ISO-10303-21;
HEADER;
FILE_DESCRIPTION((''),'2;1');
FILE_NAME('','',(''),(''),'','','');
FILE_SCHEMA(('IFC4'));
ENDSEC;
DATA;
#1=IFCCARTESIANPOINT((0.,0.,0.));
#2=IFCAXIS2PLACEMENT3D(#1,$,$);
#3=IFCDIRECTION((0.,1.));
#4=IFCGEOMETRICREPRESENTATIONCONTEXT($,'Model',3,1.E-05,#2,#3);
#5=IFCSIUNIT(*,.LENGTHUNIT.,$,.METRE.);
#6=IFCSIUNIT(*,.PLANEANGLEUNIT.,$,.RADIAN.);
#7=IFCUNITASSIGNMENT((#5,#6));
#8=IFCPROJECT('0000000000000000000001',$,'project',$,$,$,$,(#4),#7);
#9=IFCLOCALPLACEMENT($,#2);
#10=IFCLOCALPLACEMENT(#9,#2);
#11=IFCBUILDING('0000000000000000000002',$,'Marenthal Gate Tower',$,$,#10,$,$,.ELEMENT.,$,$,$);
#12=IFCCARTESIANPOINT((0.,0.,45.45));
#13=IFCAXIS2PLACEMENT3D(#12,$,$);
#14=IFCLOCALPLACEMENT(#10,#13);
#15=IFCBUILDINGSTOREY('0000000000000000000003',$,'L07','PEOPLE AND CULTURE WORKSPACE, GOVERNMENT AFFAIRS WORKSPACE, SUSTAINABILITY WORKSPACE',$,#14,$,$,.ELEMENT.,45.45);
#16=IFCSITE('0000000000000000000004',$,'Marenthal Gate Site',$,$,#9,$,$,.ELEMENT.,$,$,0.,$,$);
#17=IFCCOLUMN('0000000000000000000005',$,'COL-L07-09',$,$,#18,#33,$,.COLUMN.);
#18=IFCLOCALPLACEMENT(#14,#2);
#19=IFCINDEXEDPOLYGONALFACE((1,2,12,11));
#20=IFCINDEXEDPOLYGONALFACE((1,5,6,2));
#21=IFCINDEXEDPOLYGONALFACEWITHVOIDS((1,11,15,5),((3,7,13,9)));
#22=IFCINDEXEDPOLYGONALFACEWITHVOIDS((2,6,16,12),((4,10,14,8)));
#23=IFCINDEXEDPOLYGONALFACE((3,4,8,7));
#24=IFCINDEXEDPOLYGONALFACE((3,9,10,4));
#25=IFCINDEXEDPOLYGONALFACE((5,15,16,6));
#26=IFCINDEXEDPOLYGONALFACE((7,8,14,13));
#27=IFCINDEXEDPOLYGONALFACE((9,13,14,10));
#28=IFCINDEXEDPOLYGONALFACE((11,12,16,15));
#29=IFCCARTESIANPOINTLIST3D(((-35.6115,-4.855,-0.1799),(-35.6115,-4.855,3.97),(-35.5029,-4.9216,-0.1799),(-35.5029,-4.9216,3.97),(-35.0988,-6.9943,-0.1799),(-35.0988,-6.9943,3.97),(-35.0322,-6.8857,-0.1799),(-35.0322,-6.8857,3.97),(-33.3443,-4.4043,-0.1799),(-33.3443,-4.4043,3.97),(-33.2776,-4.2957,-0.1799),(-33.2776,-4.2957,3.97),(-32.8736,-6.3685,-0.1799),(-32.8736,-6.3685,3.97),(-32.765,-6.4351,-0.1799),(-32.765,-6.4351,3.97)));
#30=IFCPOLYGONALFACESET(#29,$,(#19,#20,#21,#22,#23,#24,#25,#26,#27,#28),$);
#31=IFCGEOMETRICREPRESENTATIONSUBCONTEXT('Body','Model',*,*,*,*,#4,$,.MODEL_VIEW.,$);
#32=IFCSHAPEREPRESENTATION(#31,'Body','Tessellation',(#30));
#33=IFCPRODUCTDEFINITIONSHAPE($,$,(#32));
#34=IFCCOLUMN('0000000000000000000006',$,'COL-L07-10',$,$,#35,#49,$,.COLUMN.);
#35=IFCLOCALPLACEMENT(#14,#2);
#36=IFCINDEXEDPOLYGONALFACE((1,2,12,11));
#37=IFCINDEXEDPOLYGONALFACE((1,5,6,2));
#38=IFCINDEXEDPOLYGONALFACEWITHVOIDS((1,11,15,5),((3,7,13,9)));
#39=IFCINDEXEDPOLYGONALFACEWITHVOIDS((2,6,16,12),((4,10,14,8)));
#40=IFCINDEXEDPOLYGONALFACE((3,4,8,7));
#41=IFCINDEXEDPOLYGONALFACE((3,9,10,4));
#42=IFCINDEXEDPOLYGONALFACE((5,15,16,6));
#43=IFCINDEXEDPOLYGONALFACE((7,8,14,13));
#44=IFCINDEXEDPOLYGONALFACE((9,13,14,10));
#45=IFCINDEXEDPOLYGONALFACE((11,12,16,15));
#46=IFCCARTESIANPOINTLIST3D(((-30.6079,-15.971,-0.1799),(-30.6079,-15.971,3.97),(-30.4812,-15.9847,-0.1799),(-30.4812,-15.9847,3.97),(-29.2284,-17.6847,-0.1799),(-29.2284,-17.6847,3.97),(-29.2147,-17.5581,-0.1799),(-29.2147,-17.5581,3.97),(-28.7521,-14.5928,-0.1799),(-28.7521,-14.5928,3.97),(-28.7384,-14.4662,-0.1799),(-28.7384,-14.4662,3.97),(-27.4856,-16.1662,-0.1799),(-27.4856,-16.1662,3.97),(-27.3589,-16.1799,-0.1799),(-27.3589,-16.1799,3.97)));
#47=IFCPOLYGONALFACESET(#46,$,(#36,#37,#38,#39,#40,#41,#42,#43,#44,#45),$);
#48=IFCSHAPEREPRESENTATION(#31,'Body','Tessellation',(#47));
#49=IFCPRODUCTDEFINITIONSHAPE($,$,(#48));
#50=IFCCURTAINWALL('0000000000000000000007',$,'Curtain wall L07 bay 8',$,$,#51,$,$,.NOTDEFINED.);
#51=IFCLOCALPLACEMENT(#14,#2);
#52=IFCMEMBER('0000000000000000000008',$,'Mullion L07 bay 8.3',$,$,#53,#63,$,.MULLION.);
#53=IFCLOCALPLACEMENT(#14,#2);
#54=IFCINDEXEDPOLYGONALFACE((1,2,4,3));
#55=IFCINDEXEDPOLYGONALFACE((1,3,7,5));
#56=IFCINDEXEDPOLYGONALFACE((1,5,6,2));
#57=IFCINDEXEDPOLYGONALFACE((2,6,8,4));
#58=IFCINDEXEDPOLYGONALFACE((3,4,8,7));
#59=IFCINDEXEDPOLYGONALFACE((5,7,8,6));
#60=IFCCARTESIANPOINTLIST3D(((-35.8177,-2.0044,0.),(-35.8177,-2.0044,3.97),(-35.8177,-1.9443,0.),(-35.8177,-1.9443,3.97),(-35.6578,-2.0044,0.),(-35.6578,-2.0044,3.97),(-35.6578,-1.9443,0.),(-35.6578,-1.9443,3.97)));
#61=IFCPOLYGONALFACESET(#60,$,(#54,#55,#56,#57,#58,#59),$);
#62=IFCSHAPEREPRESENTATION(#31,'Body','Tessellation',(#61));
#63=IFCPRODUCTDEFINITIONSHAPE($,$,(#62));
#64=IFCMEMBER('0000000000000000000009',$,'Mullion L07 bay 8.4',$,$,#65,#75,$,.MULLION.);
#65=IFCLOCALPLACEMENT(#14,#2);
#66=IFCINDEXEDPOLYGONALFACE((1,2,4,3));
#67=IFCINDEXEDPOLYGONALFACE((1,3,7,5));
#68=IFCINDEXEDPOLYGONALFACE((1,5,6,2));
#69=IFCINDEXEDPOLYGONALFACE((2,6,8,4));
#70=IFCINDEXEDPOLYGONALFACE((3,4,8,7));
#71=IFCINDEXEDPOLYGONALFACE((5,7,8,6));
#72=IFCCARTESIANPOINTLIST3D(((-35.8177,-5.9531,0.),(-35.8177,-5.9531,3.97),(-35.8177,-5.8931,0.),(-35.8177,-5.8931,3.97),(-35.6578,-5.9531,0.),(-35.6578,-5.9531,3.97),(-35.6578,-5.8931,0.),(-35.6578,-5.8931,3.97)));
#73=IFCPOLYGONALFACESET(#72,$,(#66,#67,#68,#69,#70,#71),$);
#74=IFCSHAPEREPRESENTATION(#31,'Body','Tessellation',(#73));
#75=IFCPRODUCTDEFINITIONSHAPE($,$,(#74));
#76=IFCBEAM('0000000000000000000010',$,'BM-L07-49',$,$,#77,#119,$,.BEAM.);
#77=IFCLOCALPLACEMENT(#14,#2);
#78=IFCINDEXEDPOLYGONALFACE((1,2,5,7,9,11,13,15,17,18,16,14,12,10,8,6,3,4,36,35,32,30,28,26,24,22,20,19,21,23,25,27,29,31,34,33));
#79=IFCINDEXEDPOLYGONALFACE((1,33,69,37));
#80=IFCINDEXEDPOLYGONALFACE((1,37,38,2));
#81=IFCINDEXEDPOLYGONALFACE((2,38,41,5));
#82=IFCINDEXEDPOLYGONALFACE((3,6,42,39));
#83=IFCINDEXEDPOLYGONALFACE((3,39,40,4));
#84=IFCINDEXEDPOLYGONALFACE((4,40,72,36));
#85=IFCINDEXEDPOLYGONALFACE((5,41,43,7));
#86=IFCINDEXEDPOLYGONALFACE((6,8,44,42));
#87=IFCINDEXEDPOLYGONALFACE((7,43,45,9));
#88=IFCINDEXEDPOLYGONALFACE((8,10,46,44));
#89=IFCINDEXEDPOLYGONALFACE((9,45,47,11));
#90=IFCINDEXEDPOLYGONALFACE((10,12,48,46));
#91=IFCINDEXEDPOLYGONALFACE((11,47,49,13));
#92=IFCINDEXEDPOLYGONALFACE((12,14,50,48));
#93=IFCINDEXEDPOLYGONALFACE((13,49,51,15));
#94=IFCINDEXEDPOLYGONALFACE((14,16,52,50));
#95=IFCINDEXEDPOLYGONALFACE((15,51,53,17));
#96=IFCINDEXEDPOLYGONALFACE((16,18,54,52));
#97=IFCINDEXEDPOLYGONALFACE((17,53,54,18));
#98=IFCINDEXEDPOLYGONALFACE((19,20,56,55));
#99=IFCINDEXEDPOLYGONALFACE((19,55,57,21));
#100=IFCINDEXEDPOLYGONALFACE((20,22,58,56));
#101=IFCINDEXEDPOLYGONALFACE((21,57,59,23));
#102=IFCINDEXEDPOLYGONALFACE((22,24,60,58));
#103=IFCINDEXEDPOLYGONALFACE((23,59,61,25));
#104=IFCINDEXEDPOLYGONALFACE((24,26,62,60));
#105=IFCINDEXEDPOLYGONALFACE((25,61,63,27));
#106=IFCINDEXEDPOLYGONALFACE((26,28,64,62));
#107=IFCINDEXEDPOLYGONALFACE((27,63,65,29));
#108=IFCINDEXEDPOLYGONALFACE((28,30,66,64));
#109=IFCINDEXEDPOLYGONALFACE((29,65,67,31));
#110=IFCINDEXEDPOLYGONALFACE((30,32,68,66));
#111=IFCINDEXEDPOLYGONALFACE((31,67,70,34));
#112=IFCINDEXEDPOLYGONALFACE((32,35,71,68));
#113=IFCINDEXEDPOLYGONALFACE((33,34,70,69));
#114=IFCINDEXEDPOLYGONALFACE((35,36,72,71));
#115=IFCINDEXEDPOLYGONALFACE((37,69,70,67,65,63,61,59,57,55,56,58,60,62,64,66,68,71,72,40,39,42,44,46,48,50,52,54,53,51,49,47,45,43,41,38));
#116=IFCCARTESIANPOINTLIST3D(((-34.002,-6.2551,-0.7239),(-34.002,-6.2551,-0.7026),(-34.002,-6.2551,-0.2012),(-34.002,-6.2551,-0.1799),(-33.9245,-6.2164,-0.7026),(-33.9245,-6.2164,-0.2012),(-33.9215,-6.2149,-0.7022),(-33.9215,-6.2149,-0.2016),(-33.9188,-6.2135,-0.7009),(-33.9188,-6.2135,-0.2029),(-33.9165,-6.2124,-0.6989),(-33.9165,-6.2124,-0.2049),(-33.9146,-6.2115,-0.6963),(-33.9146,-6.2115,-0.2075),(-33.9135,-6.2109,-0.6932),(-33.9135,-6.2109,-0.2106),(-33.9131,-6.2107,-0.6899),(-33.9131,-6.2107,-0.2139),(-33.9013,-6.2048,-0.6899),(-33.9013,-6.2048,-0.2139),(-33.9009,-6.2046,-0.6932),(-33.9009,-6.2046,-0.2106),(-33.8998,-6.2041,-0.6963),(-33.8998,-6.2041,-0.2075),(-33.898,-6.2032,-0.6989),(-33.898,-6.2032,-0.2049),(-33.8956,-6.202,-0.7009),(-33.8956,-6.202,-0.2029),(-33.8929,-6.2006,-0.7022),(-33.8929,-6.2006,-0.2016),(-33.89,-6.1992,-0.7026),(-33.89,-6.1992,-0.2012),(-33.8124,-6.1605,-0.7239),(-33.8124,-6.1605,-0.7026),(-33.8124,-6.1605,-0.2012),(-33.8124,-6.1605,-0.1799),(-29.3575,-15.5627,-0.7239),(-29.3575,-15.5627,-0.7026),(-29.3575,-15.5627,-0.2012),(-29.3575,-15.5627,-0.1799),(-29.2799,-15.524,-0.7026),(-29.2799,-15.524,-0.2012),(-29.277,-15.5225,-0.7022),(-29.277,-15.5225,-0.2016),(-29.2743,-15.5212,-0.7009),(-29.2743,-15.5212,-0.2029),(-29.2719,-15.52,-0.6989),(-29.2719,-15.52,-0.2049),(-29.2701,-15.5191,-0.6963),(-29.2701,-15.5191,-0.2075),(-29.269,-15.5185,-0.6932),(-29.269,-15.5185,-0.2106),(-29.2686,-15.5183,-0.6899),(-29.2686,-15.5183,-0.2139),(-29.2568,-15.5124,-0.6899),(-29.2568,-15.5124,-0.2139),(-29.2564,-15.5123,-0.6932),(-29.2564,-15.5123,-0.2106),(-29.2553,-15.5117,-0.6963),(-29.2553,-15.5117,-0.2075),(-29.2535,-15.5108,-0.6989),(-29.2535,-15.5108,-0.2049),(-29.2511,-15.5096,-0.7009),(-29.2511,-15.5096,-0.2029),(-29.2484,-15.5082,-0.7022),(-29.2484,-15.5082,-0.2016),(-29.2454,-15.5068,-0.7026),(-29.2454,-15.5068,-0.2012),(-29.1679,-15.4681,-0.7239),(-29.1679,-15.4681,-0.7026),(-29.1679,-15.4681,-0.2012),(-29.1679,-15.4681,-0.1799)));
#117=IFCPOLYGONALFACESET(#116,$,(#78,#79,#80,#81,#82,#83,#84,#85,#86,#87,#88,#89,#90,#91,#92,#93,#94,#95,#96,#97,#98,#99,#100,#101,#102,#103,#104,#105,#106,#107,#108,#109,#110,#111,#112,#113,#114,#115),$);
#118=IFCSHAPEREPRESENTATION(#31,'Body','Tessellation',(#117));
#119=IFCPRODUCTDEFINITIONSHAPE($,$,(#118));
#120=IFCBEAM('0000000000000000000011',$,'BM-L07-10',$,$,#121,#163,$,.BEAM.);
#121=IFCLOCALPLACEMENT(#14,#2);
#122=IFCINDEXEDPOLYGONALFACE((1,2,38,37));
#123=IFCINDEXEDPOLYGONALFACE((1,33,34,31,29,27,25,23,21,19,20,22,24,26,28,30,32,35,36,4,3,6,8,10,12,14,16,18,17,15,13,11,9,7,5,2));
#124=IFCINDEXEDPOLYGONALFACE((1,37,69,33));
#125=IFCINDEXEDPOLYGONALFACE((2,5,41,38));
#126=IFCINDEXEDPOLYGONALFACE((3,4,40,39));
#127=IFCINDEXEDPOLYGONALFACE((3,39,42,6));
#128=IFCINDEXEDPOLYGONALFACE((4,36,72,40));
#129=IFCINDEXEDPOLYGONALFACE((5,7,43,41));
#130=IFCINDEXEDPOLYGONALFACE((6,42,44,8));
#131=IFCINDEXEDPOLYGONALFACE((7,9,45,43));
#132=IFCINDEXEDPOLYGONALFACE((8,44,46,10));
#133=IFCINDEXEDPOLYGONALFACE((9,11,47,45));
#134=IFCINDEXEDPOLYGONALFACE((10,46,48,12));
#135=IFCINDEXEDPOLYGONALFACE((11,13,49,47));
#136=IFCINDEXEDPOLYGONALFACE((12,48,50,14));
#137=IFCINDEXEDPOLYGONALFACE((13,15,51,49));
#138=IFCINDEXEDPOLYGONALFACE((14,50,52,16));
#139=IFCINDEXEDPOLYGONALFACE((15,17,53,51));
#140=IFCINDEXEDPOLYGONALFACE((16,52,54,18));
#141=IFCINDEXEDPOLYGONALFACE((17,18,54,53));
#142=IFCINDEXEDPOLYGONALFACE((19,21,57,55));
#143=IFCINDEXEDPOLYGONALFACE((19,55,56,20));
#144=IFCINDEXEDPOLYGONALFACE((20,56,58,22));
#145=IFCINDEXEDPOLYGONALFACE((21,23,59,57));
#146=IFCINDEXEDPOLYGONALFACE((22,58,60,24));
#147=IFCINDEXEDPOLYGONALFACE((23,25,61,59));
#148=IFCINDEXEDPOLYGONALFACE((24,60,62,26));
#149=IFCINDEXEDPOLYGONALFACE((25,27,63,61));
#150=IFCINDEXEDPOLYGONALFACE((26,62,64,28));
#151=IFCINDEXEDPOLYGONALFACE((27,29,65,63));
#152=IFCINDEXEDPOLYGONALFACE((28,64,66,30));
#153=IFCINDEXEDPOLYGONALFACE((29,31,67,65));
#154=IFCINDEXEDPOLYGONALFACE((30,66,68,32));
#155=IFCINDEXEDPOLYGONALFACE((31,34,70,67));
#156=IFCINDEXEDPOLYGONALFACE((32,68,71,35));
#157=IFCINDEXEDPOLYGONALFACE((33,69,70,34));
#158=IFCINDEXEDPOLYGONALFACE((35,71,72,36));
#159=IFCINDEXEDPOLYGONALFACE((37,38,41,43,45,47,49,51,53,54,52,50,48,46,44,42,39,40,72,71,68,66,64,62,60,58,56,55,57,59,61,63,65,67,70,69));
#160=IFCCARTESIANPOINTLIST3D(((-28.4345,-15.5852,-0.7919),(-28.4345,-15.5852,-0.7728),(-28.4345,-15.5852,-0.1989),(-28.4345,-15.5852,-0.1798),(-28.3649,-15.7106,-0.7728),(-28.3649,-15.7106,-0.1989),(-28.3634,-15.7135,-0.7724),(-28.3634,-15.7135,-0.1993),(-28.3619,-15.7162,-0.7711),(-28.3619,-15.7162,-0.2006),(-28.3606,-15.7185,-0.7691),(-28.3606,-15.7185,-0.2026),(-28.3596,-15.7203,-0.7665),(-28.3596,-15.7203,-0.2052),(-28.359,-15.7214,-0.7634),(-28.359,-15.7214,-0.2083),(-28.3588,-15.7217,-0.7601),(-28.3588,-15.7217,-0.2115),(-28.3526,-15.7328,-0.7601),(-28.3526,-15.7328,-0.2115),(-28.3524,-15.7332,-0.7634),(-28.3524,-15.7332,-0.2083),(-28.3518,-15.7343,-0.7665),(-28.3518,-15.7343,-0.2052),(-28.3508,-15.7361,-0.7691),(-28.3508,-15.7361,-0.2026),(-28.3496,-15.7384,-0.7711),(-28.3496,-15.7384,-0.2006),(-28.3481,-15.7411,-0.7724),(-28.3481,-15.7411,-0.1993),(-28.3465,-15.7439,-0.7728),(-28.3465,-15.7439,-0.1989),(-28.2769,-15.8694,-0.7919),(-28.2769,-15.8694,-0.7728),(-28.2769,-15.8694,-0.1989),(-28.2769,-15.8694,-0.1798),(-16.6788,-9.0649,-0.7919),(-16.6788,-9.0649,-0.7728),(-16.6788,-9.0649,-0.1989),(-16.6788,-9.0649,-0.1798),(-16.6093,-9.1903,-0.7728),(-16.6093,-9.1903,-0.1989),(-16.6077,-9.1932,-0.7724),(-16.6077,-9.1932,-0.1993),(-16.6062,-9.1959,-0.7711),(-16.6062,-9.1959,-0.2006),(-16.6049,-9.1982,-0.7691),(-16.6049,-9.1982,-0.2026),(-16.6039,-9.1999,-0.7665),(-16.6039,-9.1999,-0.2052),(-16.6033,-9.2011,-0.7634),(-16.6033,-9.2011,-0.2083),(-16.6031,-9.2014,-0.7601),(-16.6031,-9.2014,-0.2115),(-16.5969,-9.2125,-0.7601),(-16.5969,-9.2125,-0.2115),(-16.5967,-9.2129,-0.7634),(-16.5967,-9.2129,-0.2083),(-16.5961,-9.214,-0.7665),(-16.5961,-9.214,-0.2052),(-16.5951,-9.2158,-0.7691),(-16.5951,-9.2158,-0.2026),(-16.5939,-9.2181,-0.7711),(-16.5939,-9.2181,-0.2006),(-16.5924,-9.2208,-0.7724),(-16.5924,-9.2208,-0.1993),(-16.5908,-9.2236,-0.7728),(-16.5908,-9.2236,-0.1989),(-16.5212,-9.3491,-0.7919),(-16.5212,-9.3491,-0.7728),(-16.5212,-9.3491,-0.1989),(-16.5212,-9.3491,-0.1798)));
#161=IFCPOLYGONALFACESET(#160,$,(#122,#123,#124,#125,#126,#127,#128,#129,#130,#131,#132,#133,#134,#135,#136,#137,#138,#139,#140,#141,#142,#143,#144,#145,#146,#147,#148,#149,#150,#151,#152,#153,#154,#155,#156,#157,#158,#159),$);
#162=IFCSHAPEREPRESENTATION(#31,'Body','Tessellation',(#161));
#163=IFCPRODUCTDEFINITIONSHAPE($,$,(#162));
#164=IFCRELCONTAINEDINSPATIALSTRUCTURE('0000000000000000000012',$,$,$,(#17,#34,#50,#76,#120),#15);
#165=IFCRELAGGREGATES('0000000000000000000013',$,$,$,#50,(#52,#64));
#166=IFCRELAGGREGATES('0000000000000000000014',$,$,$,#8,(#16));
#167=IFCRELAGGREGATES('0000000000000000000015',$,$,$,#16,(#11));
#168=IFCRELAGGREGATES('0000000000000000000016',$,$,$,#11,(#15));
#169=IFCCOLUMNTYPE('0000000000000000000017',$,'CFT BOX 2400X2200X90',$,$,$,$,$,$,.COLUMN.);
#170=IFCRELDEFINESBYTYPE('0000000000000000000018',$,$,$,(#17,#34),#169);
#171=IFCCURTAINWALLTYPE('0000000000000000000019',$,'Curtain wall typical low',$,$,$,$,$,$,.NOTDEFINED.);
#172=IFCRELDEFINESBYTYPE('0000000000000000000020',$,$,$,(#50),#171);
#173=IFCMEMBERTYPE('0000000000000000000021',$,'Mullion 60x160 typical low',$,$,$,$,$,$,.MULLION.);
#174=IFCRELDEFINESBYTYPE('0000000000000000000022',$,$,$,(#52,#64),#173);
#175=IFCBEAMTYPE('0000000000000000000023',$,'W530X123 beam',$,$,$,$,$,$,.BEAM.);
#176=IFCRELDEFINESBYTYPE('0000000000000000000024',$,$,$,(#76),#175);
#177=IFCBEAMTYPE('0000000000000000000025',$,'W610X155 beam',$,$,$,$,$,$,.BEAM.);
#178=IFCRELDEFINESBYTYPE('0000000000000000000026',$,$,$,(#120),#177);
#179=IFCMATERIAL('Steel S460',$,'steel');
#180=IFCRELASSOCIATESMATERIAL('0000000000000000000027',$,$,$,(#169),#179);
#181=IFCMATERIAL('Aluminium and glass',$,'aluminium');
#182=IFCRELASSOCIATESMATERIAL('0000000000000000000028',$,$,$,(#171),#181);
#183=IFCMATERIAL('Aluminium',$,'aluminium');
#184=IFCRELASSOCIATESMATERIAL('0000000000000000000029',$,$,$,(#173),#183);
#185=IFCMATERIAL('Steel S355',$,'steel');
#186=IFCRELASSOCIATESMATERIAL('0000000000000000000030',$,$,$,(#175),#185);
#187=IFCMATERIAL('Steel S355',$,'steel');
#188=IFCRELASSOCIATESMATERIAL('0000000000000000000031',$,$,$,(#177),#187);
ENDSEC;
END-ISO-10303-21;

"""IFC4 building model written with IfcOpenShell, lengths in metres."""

from ifc_helpers import new_model, si_unit, direction, frame, origin, origin_2d, place, context, subcontext, project, spatial, rectangle, hollow_rectangle, i_section, extrude, material, material_profile, profile_set, type_object, element, aggregate, save


model = new_model("IFC4")

# Units and contexts
model_context = context("Model", 3, precision=1e-05, world=origin(), true_north=direction((0.0, 1.0)))
body_context = subcontext(model_context, "Body", "Model", "MODEL_VIEW")
ifc_project = project(units=[si_unit("LENGTHUNIT", "METRE"), si_unit("PLANEANGLEUNIT", "RADIAN")], contexts=[model_context])

# Site, building, storey
site_placement = place(None, origin())
site = spatial("IfcSite", under=ifc_project, at=site_placement, Name="Marenthal Gate Site", CompositionType="ELEMENT", RefElevation=0.0)
building_placement = place(site_placement, origin())
building = spatial("IfcBuilding", under=site, at=building_placement, Name="Marenthal Gate Tower", CompositionType="ELEMENT")
storey_placement = place(building_placement, frame((0.0, 0.0, 45.45)))
storey = spatial("IfcBuildingStorey", under=building, at=storey_placement, Name="L07", Description="PEOPLE AND CULTURE WORKSPACE, GOVERNMENT AFFAIRS WORKSPACE, SUSTAINABILITY WORKSPACE", CompositionType="ELEMENT", Elevation=45.45)

# Columns
ifc_material_1 = material(Name="Steel S460", Category="steel")
ifc_material_profile_1 = material_profile(ifc_material_1, hollow_rectangle(XDim=2.2, YDim=2.3999, WallThickness=0.0901, at=origin_2d()), Name="CFT BOX 2400X2200X90")
ifc_material_2 = material(Name="Concrete 70 MPa", Category="concrete")
ifc_material_profile_2 = material_profile(ifc_material_2, rectangle(XDim=2.02, YDim=2.22, at=origin_2d()), Name="CFT BOX 2400X2200X90 INFILL")
ifc_profile_set_1 = profile_set([ifc_material_profile_1, ifc_material_profile_2], Name="Steel S460 shell, Concrete 70 MPa infill")
column_type = type_object("IfcColumnType", Name="CFT BOX 2400X2200X90", PredefinedType="COLUMN", material=ifc_profile_set_1)
for number, where, z_axis, x_axis, name in (
    (1, (-34.1882, -5.645, -0.1799), (0.0, 0.0, 1.0), (-0.233033, 0.972469, 0.0), "COL-L07-09"),
    (2, (-28.9834, -16.0754, -0.1799), (0.0, 0.0, 1.0), (-0.627046, 0.778982, 0.0), "COL-L07-10"),
):
    element("IfcColumn", number, at=place(storey_placement, frame(where, z_axis=z_axis, x_axis=x_axis)), inside=storey, type_object=column_type, Name=name, PredefinedType="COLUMN", context=body_context, shape_type="SweptSolid", body=[
        extrude(hollow_rectangle(XDim=2.2, YDim=2.3999, WallThickness=0.0901, at=origin_2d()), origin(), (0.0, 0.0, 1.0), 4.1499),
    ])

# Curtain wall, members
ifc_material_3 = material(Name="Aluminium and glass", Category="aluminium")
curtain_wall_type = type_object("IfcCurtainWallType", Name="Curtain wall typical low", PredefinedType="NOTDEFINED", material=ifc_material_3)
curtain_wall_placement = place(storey_placement, origin())
curtain_wall = element("IfcCurtainWall", 3, at=curtain_wall_placement, inside=storey, type_object=curtain_wall_type, Name="Curtain wall L07 bay 8", PredefinedType="NOTDEFINED")
ifc_material_4 = material(Name="Aluminium", Category="aluminium")
ifc_material_profile_3 = material_profile(ifc_material_4, rectangle(XDim=0.1599, YDim=0.0601, at=origin_2d()), Name="60x160 aluminium mullion")
ifc_profile_set_2 = profile_set([ifc_material_profile_3], Name="Aluminium")
member_type = type_object("IfcMemberType", Name="Mullion 60x160 typical low", PredefinedType="MULLION", material=ifc_profile_set_2)
member_1_placement = place(storey_placement, frame((-35.7378, -1.9744, 0.0), z_axis=(0.0, 0.0, 1.0), x_axis=(1.0, 0.0, 0.0)))
member_1 = element("IfcMember", 4, at=member_1_placement, type_object=member_type, Name="Mullion L07 bay 8.3", PredefinedType="MULLION", context=body_context, shape_type="SweptSolid", body=[
    extrude(rectangle(XDim=0.1599, YDim=0.0601, at=origin_2d()), origin(), (0.0, 0.0, 1.0), 3.97),
])
member_2_placement = place(storey_placement, frame((-35.7378, -5.9231, 0.0), z_axis=(0.0, 0.0, 1.0), x_axis=(1.0, 0.0, 0.0)))
member_2 = element("IfcMember", 5, at=member_2_placement, type_object=member_type, Name="Mullion L07 bay 8.4", PredefinedType="MULLION", context=body_context, shape_type="SweptSolid", body=[
    extrude(rectangle(XDim=0.1599, YDim=0.0601, at=origin_2d()), origin(), (0.0, 0.0, 1.0), 3.97),
])

# Beams
ifc_material_5 = material(Name="Steel S355", Category="steel")
ifc_material_profile_4 = material_profile(ifc_material_5, i_section(OverallWidth=0.2119, OverallDepth=0.5439, WebThickness=0.0132, FlangeThickness=0.0212, FilletRadius=0.0127, at=origin_2d()), Name="W530X123")
ifc_profile_set_3 = profile_set([ifc_material_profile_4], Name="Steel S355")
beam_type_1 = type_object("IfcBeamType", Name="W530X123 beam", PredefinedType="BEAM", material=ifc_profile_set_3)
beam_1_placement = place(storey_placement, frame((-33.9072, -6.2078, -0.4519), z_axis=(0.4465, -0.894784, 0.0), x_axis=(0.894784, 0.4465, 0.0)))
element("IfcBeam", 6, at=beam_1_placement, inside=storey, type_object=beam_type_1, Name="BM-L07-49", PredefinedType="BEAM", context=body_context, shape_type="SweptSolid", body=[
    extrude(i_section(OverallWidth=0.2119, OverallDepth=0.5439, WebThickness=0.0132, FlangeThickness=0.0212, FilletRadius=0.0127, at=origin_2d()), origin(), (0.0, 0.0, 1.0), 10.4021),
])
ifc_material_6 = material(Name="Steel S355", Category="steel")
ifc_material_profile_5 = material_profile(ifc_material_6, i_section(OverallWidth=0.325, OverallDepth=0.6121, WebThickness=0.0127, FlangeThickness=0.019, FilletRadius=0.0127, at=origin_2d()), Name="W610X155")
ifc_profile_set_4 = profile_set([ifc_material_profile_5], Name="Steel S355")
beam_type_2 = type_object("IfcBeamType", Name="W610X155 beam", PredefinedType="BEAM", material=ifc_profile_set_4)
beam_2_placement = place(storey_placement, frame((-28.3557, -15.7273, -0.4858), z_axis=(0.874493, 0.485038, 0.0), x_axis=(-0.485038, 0.874493, 0.0)))
element("IfcBeam", 7, at=beam_2_placement, inside=storey, type_object=beam_type_2, Name="BM-L07-10", PredefinedType="BEAM", context=body_context, shape_type="SweptSolid", body=[
    extrude(i_section(OverallWidth=0.325, OverallDepth=0.6121, WebThickness=0.0127, FlangeThickness=0.019, FilletRadius=0.0127, at=origin_2d()), origin(), (0.0, 0.0, 1.0), 13.4429),
])

aggregate(curtain_wall, [member_1, member_2])

save(model, "model.ifc")
